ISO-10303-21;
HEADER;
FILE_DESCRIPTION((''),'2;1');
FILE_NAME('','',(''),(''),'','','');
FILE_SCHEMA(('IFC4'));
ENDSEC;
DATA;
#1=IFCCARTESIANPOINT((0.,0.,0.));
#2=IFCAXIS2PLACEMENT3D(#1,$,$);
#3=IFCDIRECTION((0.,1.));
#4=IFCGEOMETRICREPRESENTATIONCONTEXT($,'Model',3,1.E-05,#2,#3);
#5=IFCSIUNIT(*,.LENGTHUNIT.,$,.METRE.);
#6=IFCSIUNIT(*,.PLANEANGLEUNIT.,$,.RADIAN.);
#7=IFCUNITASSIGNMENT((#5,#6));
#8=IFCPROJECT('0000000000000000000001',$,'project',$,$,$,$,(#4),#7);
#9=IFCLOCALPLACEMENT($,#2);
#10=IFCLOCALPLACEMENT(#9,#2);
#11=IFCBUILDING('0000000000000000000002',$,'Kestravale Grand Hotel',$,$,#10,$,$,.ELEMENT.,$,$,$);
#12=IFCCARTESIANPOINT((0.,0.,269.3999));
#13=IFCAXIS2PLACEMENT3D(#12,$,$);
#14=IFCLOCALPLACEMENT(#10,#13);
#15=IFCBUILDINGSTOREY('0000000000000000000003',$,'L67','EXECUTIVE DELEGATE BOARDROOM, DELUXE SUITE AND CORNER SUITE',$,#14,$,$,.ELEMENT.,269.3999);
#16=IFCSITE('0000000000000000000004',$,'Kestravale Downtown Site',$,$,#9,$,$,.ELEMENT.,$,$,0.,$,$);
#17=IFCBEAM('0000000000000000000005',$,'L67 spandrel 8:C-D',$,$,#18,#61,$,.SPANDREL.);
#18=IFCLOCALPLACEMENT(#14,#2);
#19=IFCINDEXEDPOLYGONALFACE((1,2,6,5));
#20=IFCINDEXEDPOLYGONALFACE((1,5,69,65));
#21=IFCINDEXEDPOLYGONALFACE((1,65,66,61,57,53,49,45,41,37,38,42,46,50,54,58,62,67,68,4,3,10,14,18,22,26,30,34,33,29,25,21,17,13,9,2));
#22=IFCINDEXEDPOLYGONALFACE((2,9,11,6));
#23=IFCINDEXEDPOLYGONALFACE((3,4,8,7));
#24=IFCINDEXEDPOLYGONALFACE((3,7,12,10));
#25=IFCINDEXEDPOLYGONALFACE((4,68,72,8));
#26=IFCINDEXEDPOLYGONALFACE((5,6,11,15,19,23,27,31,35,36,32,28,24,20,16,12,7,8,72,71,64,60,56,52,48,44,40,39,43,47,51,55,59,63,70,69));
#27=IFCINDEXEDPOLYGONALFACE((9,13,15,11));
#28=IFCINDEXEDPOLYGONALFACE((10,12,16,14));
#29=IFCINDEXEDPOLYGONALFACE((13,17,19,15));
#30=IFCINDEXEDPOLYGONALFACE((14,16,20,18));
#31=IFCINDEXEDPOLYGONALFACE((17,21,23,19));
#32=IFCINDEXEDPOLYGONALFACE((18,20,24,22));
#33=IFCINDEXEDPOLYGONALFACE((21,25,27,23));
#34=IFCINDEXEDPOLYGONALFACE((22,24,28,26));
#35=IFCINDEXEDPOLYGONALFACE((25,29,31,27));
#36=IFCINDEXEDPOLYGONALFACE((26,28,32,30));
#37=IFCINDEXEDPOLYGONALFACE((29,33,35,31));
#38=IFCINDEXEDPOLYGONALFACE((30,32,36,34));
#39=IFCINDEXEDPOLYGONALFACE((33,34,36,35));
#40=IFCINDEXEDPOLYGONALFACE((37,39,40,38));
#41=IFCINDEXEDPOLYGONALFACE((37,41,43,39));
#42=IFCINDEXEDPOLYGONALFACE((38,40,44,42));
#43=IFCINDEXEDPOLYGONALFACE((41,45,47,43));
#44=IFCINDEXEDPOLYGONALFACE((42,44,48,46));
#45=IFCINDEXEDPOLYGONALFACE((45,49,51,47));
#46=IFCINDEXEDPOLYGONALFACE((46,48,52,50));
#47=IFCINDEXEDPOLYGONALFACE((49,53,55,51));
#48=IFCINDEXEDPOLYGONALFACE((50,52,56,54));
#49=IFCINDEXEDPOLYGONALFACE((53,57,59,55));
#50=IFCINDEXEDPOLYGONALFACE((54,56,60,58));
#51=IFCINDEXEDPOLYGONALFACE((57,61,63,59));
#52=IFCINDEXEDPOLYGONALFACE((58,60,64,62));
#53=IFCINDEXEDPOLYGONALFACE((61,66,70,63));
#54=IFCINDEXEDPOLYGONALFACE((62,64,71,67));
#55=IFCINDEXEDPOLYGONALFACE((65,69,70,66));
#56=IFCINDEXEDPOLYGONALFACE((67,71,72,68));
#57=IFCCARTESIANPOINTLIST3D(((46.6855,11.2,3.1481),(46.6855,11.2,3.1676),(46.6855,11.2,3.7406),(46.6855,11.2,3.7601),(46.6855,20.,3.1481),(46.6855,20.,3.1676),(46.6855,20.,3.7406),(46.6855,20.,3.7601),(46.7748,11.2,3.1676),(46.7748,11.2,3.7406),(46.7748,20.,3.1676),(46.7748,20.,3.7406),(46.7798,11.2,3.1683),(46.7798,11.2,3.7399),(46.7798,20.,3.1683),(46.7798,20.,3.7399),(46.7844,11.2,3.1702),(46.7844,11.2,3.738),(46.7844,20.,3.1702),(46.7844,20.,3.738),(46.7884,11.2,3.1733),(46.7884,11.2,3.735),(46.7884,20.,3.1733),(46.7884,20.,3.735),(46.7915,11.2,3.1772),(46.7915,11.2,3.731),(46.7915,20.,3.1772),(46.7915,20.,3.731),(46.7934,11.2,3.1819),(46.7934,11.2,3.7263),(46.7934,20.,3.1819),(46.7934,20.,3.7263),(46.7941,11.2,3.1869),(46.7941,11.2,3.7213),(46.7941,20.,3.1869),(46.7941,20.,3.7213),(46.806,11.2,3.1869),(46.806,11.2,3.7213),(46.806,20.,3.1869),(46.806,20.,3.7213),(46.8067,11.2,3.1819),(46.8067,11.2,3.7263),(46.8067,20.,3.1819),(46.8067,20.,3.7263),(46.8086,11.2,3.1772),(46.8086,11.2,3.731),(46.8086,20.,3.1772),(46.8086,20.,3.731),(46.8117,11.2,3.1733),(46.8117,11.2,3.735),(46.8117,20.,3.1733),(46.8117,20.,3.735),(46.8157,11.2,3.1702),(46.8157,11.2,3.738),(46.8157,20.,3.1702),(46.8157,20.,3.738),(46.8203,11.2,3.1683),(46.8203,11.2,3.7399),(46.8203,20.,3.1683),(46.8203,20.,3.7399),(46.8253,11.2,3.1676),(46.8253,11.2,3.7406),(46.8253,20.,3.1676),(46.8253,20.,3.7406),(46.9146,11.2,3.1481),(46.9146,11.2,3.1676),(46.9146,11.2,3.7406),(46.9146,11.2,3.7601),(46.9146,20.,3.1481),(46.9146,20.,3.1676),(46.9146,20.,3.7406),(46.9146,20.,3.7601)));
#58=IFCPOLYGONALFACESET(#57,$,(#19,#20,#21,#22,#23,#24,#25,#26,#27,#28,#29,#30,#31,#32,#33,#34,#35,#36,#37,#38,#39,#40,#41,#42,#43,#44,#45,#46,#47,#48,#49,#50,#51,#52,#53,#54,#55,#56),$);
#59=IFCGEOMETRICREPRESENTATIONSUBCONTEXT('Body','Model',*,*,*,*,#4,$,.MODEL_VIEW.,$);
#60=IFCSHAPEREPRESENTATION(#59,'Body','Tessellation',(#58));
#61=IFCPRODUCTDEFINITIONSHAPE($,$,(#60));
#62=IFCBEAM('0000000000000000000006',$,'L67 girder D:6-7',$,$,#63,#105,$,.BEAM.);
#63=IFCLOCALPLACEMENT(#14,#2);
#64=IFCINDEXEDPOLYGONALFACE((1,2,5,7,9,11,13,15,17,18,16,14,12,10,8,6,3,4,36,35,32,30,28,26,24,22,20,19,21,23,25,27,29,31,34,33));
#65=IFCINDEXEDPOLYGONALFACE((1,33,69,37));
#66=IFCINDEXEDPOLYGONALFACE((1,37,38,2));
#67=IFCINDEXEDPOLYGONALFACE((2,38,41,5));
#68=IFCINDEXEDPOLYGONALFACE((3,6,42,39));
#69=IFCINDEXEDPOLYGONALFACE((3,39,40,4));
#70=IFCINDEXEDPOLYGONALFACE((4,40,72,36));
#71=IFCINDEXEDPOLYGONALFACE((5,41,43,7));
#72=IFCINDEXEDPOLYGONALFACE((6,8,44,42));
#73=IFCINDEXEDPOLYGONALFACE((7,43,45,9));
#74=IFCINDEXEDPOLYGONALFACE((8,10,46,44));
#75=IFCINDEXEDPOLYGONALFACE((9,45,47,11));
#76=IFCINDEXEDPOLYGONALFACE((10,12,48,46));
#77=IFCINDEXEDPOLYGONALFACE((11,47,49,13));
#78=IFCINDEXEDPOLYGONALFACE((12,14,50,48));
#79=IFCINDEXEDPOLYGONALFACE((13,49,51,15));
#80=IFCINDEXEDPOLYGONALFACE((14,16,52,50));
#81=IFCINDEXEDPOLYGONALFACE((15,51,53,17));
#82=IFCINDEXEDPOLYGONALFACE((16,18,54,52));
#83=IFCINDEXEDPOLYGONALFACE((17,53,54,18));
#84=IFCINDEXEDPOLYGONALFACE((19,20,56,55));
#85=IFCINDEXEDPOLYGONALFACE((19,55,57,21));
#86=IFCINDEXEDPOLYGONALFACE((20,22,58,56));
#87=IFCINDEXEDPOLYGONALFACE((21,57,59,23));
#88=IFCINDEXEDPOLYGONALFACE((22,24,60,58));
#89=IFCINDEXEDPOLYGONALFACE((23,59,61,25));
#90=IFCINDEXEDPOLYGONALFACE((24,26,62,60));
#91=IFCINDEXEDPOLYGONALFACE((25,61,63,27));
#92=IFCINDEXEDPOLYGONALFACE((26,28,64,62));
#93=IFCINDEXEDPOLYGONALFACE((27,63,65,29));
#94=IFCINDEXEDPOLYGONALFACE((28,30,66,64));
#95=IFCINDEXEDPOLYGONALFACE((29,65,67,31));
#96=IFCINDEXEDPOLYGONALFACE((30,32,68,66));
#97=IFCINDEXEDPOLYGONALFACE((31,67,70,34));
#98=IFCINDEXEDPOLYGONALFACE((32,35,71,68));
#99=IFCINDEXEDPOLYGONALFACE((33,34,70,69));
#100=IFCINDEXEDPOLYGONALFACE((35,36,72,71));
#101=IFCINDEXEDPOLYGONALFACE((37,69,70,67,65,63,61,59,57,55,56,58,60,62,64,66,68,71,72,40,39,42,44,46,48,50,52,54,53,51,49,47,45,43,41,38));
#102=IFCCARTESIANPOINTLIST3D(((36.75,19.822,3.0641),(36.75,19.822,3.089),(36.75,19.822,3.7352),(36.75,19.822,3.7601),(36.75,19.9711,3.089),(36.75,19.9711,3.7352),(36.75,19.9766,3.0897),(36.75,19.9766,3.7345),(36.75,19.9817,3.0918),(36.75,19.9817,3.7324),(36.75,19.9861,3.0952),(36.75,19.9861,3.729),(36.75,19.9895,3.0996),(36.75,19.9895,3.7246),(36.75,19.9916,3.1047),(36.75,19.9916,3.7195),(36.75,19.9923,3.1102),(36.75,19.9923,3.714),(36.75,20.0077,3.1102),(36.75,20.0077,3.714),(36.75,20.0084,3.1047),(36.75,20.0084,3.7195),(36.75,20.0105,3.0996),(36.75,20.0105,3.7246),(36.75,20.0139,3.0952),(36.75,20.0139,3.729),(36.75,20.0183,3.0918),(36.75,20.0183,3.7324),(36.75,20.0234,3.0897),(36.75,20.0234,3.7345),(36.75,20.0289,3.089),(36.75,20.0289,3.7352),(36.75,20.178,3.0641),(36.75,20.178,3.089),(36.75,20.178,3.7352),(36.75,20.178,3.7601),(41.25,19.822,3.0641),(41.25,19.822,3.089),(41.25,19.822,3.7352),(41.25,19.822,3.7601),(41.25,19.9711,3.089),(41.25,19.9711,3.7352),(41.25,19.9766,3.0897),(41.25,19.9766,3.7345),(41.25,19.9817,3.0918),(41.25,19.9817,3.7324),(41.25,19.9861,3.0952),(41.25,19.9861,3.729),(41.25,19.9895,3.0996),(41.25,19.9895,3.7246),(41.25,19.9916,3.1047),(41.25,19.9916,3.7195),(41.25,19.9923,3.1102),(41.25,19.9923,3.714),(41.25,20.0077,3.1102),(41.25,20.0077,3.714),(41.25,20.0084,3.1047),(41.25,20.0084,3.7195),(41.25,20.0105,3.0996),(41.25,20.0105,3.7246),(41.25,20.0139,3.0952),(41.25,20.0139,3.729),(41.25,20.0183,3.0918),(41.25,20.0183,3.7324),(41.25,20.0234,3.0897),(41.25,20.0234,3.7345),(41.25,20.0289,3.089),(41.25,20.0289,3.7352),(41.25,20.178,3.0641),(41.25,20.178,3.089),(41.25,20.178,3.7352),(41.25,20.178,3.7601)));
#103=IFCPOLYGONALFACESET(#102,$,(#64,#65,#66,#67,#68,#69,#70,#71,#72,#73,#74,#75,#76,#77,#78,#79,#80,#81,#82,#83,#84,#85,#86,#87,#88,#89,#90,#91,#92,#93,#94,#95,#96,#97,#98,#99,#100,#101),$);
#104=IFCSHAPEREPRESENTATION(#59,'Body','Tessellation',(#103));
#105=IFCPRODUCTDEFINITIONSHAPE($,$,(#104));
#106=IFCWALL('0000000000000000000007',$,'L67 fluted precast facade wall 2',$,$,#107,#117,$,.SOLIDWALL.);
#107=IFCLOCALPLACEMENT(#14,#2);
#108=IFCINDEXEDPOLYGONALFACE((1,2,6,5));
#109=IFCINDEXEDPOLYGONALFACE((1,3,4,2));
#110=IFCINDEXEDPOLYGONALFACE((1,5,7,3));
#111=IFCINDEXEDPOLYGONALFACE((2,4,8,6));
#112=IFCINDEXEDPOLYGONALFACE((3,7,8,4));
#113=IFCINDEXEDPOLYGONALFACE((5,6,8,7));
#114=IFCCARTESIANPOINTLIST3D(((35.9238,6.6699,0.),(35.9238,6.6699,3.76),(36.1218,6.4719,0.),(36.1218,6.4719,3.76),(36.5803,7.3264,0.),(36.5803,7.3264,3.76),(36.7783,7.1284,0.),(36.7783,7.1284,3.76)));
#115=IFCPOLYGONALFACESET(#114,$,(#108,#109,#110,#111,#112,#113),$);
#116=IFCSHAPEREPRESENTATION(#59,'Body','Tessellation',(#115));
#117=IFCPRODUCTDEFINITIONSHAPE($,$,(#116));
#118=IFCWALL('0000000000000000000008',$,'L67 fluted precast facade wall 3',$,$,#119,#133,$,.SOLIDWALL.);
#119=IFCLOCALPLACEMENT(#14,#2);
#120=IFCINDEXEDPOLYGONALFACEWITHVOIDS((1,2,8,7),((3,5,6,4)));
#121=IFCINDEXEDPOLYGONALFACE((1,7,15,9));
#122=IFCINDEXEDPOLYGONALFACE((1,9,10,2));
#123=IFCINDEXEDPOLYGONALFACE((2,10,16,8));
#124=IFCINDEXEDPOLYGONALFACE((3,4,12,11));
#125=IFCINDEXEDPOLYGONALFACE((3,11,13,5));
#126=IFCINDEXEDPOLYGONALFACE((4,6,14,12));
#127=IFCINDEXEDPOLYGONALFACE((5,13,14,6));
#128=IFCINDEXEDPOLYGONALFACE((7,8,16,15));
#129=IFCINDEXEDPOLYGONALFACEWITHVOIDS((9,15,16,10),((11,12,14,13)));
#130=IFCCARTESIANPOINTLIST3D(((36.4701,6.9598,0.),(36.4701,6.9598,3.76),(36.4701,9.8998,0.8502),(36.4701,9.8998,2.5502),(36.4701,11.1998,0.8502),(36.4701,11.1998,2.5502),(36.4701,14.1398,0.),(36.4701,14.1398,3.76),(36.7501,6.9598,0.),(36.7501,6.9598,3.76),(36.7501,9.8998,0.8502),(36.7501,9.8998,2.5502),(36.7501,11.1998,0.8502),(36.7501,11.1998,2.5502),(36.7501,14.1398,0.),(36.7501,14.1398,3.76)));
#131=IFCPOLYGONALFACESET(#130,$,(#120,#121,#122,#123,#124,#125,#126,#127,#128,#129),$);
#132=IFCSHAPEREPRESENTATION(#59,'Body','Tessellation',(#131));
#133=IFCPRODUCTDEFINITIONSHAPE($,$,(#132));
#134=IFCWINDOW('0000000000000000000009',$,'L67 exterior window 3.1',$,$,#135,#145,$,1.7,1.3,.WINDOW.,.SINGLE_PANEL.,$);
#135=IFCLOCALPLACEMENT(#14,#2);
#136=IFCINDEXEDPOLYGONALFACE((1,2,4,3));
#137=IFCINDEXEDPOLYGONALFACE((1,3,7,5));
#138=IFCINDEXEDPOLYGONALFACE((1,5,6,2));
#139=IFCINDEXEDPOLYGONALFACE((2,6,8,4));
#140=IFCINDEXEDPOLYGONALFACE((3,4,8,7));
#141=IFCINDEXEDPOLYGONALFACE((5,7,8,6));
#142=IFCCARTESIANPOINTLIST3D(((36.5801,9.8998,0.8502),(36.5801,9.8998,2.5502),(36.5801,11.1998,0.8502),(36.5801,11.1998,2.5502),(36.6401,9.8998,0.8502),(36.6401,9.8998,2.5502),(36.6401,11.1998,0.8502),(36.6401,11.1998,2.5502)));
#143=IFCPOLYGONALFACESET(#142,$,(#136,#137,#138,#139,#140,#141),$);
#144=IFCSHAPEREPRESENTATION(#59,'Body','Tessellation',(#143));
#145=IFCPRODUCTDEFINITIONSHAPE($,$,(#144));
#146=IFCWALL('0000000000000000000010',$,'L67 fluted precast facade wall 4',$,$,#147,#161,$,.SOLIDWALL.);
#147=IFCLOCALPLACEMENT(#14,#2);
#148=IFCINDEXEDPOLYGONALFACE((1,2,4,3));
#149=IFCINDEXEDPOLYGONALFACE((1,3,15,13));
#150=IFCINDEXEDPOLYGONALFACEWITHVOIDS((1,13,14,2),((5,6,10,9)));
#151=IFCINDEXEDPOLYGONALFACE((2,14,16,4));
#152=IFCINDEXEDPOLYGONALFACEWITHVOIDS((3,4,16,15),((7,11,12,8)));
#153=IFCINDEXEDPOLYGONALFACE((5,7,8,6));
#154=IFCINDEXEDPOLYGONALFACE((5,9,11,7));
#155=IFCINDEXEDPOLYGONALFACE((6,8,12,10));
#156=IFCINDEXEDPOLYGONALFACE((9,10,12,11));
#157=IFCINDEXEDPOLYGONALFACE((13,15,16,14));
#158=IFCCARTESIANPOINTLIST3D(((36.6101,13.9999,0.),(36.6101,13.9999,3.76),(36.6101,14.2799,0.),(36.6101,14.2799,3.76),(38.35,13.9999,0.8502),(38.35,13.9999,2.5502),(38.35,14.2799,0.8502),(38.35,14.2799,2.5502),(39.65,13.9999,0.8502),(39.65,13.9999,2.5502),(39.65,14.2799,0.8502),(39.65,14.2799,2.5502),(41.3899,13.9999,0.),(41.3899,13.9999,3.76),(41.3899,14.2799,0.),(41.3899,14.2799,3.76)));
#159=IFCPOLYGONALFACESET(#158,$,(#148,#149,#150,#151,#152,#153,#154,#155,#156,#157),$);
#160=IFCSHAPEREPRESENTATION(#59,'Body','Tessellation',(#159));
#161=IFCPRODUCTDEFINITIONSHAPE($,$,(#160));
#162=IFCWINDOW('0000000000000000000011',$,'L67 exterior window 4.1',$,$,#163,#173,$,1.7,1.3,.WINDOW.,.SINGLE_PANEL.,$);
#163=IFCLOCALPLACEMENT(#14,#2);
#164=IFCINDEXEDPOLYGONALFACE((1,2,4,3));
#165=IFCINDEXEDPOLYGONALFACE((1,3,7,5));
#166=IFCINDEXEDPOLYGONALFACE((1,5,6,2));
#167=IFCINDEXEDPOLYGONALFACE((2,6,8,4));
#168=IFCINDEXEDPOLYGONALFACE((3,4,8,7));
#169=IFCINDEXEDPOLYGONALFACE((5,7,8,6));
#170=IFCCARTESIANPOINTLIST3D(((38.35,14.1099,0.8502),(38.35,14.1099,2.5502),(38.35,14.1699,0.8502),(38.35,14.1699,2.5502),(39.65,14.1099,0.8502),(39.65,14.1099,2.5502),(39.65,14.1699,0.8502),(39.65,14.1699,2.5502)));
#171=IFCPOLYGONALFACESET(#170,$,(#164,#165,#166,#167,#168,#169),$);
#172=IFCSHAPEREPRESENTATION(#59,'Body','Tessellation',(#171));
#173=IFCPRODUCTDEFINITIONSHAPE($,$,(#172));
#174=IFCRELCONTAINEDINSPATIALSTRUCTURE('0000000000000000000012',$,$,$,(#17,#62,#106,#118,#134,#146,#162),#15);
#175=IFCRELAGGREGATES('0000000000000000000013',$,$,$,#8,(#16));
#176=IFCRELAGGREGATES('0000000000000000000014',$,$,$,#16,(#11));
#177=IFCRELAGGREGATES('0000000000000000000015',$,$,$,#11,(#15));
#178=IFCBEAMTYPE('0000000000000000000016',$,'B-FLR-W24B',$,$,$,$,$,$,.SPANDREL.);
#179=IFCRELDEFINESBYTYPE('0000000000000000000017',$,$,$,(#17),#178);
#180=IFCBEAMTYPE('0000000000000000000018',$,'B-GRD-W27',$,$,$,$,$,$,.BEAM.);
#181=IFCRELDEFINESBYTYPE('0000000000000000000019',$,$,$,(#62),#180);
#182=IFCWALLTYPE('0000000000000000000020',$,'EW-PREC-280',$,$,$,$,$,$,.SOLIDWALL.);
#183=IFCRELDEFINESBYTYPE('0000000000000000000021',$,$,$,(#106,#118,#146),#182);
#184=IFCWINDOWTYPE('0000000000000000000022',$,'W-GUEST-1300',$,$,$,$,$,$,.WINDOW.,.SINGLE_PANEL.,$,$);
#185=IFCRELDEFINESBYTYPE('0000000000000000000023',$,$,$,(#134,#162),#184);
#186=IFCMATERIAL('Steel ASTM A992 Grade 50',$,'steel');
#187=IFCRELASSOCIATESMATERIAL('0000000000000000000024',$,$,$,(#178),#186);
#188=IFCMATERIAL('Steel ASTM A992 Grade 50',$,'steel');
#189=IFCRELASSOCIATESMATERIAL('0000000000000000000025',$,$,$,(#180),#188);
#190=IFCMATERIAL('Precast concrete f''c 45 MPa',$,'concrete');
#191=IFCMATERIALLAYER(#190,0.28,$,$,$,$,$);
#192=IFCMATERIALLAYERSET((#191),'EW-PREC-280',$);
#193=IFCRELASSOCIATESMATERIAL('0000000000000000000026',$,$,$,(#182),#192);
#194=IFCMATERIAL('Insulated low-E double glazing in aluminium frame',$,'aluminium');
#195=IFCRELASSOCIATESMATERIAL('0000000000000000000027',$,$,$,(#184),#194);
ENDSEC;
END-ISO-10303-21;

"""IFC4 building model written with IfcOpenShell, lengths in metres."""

from ifc_helpers import new_model, si_unit, direction, frame, frame_2d, origin, origin_2d, place, context, subcontext, project, spatial, rectangle, i_section, extrude, material, layer, layer_set, material_profile, profile_set, type_object, element, fill, save


model = new_model("IFC4")

# Units and contexts
model_context = context("Model", 3, precision=1e-05, world=origin(), true_north=direction((0.0, 1.0)))
body_context = subcontext(model_context, "Body", "Model", "MODEL_VIEW")
ifc_project = project(units=[si_unit("LENGTHUNIT", "METRE"), si_unit("PLANEANGLEUNIT", "RADIAN")], contexts=[model_context])

# Site, building, storey
site_placement = place(None, origin())
site = spatial("IfcSite", under=ifc_project, at=site_placement, Name="Kestravale Downtown Site", CompositionType="ELEMENT", RefElevation=0.0)
building_placement = place(site_placement, origin())
building = spatial("IfcBuilding", under=site, at=building_placement, Name="Kestravale Grand Hotel", CompositionType="ELEMENT")
storey_placement = place(building_placement, frame((0.0, 0.0, 269.3999)))
storey = spatial("IfcBuildingStorey", under=building, at=storey_placement, Name="L67", Description="EXECUTIVE DELEGATE BOARDROOM, DELUXE SUITE AND CORNER SUITE", CompositionType="ELEMENT", Elevation=269.3999)

# Beams
ifc_material_1 = material(Name="Steel ASTM A992 Grade 50", Category="steel")
ifc_material_profile_1 = material_profile(ifc_material_1, i_section(OverallWidth=0.229, OverallDepth=0.6121, WebThickness=0.012, FlangeThickness=0.0195, FilletRadius=0.0193, at=origin_2d()))
ifc_profile_set_1 = profile_set([ifc_material_profile_1], Name="Steel ASTM A992 Grade 50")
beam_type_1 = type_object("IfcBeamType", Name="B-FLR-W24B", PredefinedType="SPANDREL", material=ifc_profile_set_1)
beam_1_placement = place(storey_placement, frame((46.8, 11.2, 3.4541), z_axis=(0.0, 1.0, 0.0), x_axis=(-1.0, 0.0, 0.0)))
element("IfcBeam", 1, at=beam_1_placement, inside=storey, type_object=beam_type_1, Name="L67 spandrel 8:C-D", PredefinedType="SPANDREL", context=body_context, shape_type="SweptSolid", body=[
    extrude(i_section(OverallWidth=0.229, OverallDepth=0.6121, WebThickness=0.012, FlangeThickness=0.0195, FilletRadius=0.0193, at=origin_2d()), origin(), (0.0, 0.0, 1.0), 8.8),
])
ifc_material_2 = material(Name="Steel ASTM A992 Grade 50", Category="steel")
ifc_material_profile_2 = material_profile(ifc_material_2, i_section(OverallWidth=0.356, OverallDepth=0.696, WebThickness=0.0154, FlangeThickness=0.0249, FilletRadius=0.0212, at=origin_2d()))
ifc_profile_set_2 = profile_set([ifc_material_profile_2], Name="Steel ASTM A992 Grade 50")
beam_type_2 = type_object("IfcBeamType", Name="B-GRD-W27", PredefinedType="BEAM", material=ifc_profile_set_2)
beam_2_placement = place(storey_placement, frame((36.75, 20.0, 3.4121), z_axis=(1.0, 0.0, 0.0), x_axis=(0.0, 1.0, 0.0)))
element("IfcBeam", 2, at=beam_2_placement, inside=storey, type_object=beam_type_2, Name="L67 girder D:6-7", PredefinedType="BEAM", context=body_context, shape_type="SweptSolid", body=[
    extrude(i_section(OverallWidth=0.356, OverallDepth=0.696, WebThickness=0.0154, FlangeThickness=0.0249, FilletRadius=0.0212, at=origin_2d()), origin(), (0.0, 0.0, 1.0), 4.5),
])

# Wall
ifc_material_3 = material(Name="Precast concrete f'c 45 MPa", Category="concrete")
ifc_layer_1 = layer(ifc_material_3, 0.28)
ifc_layer_set_1 = layer_set([ifc_layer_1], Name="EW-PREC-280")
wall_type_1 = type_object("IfcWallType", Name="EW-PREC-280", PredefinedType="SOLIDWALL", material=ifc_layer_set_1)
wall_1_placement = place(storey_placement, frame((36.0227, 6.5708, 0.0), z_axis=(0.0, 0.0, 1.0), x_axis=(0.707107, 0.707107, 0.0)))
element("IfcWall", 3, at=wall_1_placement, inside=storey, type_object=wall_type_1, Name="L67 fluted precast facade wall 2", PredefinedType="SOLIDWALL", context=body_context, shape_type="SweptSolid", body=[
    extrude(rectangle(XDim=0.9285, YDim=0.28, at=frame_2d((0.4644, 0.0))), origin(), (0.0, 0.0, 1.0), 3.76),
])

# Walls, openings, windows
wall_2_placement = place(storey_placement, frame((36.6101, 6.96, 0.0), z_axis=(0.0, 0.0, 1.0), x_axis=(0.0, 1.0, 0.0)))
wall_2 = element("IfcWall", 4, at=wall_2_placement, inside=storey, type_object=wall_type_1, Name="L67 fluted precast facade wall 3", PredefinedType="SOLIDWALL", context=body_context, shape_type="SweptSolid", body=[
    extrude(rectangle(XDim=7.1799, YDim=0.28, at=frame_2d((3.5898, 0.0))), origin(), (0.0, 0.0, 1.0), 3.76),
])
opening_1_placement = place(wall_2_placement, frame((2.9399, 0.0, 0.8501)))
opening_1 = element("IfcOpeningElement", 5, at=opening_1_placement, cuts=wall_2, PredefinedType="OPENING", context=body_context, shape_type="SweptSolid", body=[
    extrude(rectangle(XDim=1.3, YDim=1.7, at=frame_2d((0.6499, 0.8501))), frame((0.0, 0.1499, 0.0), z_axis=(0.0, -1.0, 0.0), x_axis=(1.0, 0.0, 0.0)), (0.0, 0.0, 1.0), 0.3),
])
ifc_material_4 = material(Name="Insulated low-E double glazing in aluminium frame", Category="aluminium")
window_type = type_object("IfcWindowType", Name="W-GUEST-1300", PartitioningType="SINGLE_PANEL", PredefinedType="WINDOW", material=ifc_material_4)
window_1_placement = place(opening_1_placement, origin())
window_1 = element("IfcWindow", 6, at=window_1_placement, inside=storey, type_object=window_type, Name="L67 exterior window 3.1", OverallHeight=1.7, OverallWidth=1.3, PartitioningType="SINGLE_PANEL", PredefinedType="WINDOW", context=body_context, shape_type="SweptSolid", body=[
    extrude(rectangle(XDim=1.3, YDim=1.7, at=frame_2d((0.6499, 0.8501))), frame((0.0, 0.03, 0.0), z_axis=(0.0, -1.0, 0.0), x_axis=(1.0, 0.0, 0.0)), (0.0, 0.0, 1.0), 0.0601),
])
fill(opening_1, window_1)
wall_3_placement = place(storey_placement, frame((36.6101, 14.1399, 0.0), z_axis=(0.0, 0.0, 1.0), x_axis=(1.0, 0.0, 0.0)))
wall_3 = element("IfcWall", 7, at=wall_3_placement, inside=storey, type_object=wall_type_1, Name="L67 fluted precast facade wall 4", PredefinedType="SOLIDWALL", context=body_context, shape_type="SweptSolid", body=[
    extrude(rectangle(XDim=4.7798, YDim=0.28, at=frame_2d((2.3899, 0.0))), origin(), (0.0, 0.0, 1.0), 3.76),
])
opening_2_placement = place(wall_3_placement, frame((1.74, 0.0, 0.8501)))
opening_2 = element("IfcOpeningElement", 8, at=opening_2_placement, cuts=wall_3, PredefinedType="OPENING", context=body_context, shape_type="SweptSolid", body=[
    extrude(rectangle(XDim=1.3, YDim=1.7, at=frame_2d((0.6499, 0.8501))), frame((0.0, 0.1499, 0.0), z_axis=(0.0, -1.0, 0.0), x_axis=(1.0, 0.0, 0.0)), (0.0, 0.0, 1.0), 0.3),
])
window_2_placement = place(opening_2_placement, origin())
window_2 = element("IfcWindow", 9, at=window_2_placement, inside=storey, type_object=window_type, Name="L67 exterior window 4.1", OverallHeight=1.7, OverallWidth=1.3, PartitioningType="SINGLE_PANEL", PredefinedType="WINDOW", context=body_context, shape_type="SweptSolid", body=[
    extrude(rectangle(XDim=1.3, YDim=1.7, at=frame_2d((0.6499, 0.8501))), frame((0.0, 0.03, 0.0), z_axis=(0.0, -1.0, 0.0), x_axis=(1.0, 0.0, 0.0)), (0.0, 0.0, 1.0), 0.0601),
])
fill(opening_2, window_2)

save(model, "model.ifc")
